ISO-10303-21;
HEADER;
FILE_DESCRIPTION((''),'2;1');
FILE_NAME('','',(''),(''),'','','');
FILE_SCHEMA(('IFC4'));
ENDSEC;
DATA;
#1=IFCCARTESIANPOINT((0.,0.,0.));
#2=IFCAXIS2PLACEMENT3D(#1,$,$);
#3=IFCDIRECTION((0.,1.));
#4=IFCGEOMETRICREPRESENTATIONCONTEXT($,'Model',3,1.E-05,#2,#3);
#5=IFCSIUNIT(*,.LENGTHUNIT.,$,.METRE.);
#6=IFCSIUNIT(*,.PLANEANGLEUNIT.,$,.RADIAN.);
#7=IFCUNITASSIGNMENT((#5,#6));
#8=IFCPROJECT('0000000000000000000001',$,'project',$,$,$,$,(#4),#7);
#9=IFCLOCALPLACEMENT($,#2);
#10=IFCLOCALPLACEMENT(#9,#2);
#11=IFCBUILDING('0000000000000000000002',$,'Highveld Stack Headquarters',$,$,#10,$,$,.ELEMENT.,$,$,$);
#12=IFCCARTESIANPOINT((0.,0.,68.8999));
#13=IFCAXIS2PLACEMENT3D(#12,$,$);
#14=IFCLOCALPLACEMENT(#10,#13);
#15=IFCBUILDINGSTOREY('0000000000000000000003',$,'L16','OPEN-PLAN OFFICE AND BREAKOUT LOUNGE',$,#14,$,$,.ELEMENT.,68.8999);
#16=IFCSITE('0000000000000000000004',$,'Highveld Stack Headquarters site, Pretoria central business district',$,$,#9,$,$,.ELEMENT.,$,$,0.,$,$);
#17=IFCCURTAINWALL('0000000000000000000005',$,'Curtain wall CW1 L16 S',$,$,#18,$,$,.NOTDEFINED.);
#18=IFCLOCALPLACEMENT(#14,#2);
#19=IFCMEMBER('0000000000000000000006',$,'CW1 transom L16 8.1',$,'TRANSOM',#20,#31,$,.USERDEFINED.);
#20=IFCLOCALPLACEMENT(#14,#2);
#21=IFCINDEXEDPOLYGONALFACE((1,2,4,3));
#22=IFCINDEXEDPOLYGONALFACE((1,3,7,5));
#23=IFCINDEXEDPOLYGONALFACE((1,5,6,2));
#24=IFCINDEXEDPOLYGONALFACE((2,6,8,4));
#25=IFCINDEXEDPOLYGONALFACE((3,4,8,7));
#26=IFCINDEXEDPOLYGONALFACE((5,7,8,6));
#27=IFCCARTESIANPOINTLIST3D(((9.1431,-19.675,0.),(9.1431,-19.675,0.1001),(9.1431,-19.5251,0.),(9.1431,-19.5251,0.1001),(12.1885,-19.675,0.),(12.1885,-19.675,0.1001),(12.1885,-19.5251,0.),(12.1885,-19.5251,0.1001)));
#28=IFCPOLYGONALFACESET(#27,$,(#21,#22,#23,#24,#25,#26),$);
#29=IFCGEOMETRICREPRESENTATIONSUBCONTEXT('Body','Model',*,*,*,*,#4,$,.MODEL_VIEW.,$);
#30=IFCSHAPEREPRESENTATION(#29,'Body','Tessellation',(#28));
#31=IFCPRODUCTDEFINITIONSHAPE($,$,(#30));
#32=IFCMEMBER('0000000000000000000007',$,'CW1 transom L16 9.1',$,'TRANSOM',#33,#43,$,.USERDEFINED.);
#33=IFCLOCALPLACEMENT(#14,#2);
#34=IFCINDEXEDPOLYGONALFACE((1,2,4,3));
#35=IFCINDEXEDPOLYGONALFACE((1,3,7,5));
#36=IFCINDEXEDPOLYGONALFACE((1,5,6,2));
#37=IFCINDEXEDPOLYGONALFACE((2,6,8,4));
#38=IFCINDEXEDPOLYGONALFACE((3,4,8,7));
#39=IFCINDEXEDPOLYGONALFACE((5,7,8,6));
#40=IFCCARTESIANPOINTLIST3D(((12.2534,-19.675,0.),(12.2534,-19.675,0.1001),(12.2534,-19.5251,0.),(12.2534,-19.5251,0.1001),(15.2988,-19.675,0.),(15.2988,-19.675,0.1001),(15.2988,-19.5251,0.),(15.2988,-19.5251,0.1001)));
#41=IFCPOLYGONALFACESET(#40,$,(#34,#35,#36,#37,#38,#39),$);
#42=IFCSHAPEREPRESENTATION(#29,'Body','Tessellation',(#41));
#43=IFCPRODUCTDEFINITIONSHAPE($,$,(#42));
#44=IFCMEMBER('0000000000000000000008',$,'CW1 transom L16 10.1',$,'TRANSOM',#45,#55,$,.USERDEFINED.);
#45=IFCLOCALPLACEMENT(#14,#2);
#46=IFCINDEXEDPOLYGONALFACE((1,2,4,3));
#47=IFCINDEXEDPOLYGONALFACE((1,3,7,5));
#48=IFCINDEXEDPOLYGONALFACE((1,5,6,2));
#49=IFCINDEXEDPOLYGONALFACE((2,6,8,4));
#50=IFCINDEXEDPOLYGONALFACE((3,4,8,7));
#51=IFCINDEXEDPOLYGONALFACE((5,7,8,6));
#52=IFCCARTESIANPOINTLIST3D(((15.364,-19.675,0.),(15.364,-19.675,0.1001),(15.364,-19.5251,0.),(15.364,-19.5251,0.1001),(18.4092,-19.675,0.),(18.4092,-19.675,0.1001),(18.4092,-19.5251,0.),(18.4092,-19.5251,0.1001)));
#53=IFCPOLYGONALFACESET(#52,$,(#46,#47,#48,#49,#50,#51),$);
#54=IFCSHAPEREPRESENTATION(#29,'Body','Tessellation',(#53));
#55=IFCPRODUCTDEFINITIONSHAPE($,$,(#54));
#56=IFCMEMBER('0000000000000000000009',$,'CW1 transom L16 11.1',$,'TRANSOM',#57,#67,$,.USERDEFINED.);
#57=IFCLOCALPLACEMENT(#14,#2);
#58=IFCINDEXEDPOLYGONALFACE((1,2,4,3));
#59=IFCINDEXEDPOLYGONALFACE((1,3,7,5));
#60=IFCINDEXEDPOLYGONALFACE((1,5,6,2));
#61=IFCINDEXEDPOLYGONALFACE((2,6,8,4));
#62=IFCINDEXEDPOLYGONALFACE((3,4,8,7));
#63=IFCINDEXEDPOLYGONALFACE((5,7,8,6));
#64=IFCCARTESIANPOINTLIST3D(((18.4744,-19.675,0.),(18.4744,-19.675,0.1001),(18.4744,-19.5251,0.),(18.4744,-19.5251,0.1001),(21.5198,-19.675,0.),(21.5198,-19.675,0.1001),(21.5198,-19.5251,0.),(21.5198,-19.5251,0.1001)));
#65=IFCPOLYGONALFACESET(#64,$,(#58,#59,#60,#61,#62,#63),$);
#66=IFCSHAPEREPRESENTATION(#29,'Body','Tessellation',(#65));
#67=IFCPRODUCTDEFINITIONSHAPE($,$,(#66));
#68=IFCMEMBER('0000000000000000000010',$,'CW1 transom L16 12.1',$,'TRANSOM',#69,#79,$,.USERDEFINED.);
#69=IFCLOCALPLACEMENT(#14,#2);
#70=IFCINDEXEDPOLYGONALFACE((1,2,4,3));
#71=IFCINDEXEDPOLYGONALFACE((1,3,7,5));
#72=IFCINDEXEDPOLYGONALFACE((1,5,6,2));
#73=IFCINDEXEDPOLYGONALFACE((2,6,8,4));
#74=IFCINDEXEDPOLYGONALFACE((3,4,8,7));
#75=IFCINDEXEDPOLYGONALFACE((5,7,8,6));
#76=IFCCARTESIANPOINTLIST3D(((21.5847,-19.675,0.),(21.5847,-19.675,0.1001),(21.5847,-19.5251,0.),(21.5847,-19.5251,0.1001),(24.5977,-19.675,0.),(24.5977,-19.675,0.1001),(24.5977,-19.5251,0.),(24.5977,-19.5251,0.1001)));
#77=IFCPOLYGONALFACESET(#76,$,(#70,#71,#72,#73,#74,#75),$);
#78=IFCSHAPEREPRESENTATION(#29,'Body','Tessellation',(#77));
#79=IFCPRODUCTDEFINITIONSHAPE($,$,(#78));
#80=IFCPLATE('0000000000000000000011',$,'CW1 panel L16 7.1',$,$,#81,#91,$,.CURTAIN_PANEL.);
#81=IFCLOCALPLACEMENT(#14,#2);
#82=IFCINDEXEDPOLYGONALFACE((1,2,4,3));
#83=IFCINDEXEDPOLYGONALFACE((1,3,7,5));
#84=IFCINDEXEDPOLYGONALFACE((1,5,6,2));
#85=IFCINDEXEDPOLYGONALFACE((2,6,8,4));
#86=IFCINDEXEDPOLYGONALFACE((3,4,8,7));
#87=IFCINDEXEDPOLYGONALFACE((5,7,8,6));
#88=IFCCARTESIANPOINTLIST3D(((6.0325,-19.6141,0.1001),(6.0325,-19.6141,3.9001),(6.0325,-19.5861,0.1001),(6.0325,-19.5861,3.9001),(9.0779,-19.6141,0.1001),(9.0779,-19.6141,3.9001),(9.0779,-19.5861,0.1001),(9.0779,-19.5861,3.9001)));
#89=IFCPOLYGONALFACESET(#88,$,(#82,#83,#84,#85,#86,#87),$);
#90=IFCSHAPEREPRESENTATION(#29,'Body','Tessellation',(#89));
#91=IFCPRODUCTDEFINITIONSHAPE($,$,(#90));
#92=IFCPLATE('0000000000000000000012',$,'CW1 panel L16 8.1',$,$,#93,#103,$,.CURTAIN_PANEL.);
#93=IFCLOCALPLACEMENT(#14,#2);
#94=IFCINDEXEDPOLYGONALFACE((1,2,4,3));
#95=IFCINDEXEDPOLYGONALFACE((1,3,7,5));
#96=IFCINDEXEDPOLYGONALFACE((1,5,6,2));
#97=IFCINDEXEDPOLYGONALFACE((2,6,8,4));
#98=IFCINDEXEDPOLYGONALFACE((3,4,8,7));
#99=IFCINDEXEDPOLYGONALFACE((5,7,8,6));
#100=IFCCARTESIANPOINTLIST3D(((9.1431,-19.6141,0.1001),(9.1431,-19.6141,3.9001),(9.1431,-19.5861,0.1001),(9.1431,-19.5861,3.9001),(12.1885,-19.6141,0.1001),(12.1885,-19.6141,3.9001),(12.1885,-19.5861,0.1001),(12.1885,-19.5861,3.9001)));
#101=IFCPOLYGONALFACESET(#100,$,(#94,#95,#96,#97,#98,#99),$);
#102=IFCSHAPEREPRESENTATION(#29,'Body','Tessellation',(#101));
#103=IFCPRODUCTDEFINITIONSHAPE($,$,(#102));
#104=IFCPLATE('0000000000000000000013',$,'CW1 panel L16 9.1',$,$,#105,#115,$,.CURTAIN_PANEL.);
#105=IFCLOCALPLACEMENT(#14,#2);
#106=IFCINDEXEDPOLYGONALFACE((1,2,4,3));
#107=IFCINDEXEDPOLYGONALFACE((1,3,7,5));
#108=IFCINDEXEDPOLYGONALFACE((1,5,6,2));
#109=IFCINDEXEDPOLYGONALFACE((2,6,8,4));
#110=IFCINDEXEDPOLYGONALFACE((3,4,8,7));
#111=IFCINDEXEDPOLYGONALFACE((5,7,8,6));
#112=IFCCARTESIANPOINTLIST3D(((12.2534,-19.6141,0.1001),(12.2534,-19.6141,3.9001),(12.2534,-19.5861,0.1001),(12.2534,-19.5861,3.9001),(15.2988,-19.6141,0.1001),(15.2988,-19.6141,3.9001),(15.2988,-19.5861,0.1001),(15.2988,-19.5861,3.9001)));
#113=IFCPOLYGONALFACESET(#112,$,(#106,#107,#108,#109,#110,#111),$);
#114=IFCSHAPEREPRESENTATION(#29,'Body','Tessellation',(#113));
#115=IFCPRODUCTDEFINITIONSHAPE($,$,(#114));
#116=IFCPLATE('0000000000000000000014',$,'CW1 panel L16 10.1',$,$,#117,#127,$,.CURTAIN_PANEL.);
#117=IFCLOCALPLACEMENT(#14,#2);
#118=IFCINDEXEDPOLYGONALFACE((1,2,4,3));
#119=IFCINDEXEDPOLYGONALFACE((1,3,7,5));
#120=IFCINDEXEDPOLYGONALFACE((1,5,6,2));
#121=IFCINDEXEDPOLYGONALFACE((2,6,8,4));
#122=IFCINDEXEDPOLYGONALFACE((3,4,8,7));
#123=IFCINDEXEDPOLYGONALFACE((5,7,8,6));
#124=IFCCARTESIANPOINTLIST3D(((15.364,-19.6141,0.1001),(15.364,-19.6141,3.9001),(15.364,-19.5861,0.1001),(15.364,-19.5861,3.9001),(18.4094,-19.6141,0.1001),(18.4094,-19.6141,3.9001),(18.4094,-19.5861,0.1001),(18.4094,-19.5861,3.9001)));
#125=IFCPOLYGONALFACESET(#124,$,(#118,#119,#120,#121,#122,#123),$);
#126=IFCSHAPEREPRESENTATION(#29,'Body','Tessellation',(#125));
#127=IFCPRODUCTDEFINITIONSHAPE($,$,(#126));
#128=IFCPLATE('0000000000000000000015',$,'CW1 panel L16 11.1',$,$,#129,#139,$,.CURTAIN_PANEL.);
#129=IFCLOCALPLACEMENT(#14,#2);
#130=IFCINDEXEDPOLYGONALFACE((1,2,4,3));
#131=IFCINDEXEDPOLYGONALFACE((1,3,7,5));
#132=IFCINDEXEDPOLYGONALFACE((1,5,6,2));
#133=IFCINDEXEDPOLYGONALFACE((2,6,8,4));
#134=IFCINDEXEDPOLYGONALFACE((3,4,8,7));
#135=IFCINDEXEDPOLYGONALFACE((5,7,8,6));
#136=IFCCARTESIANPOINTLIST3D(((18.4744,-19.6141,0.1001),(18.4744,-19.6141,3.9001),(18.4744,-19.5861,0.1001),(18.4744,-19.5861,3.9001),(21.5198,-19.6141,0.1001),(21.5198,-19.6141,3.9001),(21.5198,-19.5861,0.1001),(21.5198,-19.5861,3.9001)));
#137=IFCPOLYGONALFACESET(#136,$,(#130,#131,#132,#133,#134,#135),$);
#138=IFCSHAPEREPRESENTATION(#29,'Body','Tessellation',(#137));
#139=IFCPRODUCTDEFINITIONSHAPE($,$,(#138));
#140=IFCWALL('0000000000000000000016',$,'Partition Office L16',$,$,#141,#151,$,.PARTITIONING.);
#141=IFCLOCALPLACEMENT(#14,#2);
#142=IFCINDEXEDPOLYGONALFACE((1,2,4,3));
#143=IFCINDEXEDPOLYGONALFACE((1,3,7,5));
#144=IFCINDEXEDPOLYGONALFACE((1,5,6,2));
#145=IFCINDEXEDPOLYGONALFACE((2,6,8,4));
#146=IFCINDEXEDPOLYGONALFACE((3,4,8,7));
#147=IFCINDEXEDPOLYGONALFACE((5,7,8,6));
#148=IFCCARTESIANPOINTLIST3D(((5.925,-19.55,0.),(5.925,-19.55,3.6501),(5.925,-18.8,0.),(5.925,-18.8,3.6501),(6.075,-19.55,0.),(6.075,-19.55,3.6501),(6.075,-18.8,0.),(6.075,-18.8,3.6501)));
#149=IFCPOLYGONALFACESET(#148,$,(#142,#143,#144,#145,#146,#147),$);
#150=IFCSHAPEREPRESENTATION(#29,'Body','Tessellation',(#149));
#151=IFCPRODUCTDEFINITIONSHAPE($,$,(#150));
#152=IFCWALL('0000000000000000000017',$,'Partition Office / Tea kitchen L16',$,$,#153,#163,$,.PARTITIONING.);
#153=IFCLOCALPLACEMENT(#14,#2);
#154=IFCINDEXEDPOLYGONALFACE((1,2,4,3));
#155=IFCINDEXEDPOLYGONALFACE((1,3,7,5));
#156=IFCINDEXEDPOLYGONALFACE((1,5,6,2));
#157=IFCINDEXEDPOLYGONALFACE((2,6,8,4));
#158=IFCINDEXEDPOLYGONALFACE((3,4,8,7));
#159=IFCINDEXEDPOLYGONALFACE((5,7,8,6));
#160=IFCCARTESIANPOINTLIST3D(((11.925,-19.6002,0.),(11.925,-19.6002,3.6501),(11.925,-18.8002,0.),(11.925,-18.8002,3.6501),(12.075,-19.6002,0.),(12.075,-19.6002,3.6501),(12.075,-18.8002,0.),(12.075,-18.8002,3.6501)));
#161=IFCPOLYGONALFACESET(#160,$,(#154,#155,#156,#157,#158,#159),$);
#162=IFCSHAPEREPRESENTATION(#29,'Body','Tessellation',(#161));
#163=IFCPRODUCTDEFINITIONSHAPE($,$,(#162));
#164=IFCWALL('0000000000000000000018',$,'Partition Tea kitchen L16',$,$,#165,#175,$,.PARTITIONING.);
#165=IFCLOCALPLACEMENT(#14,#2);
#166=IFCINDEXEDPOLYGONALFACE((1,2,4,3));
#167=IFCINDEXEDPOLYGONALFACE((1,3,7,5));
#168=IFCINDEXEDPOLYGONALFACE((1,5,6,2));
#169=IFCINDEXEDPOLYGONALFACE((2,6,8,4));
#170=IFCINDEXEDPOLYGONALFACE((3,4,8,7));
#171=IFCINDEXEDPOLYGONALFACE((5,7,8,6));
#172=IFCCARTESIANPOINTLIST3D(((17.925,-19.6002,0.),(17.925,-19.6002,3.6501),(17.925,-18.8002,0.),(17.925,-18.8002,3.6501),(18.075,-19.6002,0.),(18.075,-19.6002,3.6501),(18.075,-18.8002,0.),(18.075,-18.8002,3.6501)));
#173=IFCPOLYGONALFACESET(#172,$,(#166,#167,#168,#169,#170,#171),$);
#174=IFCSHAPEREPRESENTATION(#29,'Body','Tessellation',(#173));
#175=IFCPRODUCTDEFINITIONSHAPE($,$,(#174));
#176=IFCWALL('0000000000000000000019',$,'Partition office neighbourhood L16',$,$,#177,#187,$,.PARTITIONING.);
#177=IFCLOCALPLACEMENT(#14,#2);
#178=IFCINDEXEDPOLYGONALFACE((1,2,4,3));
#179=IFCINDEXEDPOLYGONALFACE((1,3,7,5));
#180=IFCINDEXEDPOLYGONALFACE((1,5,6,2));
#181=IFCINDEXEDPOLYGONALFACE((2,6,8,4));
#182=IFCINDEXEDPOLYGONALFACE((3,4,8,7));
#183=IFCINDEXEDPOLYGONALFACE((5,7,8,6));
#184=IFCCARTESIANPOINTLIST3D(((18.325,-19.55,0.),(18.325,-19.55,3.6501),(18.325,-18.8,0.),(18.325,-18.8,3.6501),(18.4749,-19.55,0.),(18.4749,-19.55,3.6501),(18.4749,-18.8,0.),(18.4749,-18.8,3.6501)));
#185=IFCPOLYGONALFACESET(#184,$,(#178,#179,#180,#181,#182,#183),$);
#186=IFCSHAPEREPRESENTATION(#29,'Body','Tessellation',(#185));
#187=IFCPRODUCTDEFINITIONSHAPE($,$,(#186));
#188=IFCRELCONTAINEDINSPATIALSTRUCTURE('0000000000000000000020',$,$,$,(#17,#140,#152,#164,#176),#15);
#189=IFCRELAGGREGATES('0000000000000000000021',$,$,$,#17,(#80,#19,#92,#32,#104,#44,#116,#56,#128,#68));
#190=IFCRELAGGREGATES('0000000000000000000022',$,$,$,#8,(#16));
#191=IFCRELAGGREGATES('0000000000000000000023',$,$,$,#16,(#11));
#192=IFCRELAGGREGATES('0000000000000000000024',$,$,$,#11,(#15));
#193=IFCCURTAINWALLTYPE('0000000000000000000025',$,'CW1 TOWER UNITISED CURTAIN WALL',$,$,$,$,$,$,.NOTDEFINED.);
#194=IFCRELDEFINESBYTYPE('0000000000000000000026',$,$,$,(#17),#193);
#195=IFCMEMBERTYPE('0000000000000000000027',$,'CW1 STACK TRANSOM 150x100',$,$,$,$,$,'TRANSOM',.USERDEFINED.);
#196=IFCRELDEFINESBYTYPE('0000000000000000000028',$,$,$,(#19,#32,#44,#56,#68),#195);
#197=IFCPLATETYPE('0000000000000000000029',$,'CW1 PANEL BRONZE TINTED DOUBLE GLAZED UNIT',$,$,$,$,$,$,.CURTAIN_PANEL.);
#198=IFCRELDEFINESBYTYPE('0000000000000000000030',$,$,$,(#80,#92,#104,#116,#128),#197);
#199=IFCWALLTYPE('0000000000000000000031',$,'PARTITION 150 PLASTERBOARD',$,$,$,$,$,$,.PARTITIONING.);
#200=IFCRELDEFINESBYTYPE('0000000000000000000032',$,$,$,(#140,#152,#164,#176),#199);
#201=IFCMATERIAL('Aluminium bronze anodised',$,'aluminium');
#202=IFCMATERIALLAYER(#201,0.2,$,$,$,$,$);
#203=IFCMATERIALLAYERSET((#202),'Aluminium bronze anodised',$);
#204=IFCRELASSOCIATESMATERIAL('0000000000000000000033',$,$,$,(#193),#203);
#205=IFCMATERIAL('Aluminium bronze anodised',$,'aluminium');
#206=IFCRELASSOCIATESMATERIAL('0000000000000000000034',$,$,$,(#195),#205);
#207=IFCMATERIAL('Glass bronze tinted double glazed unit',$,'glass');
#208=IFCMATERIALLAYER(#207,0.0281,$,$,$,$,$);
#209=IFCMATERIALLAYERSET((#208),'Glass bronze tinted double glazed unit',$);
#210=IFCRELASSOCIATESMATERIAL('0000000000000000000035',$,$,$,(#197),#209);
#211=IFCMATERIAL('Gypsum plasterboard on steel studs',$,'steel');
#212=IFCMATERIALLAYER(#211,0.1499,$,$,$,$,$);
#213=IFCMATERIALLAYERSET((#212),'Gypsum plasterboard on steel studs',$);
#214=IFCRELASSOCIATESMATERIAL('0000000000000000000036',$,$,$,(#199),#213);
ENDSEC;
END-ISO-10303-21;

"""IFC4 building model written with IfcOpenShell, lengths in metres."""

from ifc_helpers import new_model, si_unit, direction, frame, frame_2d, origin, origin_2d, place, context, subcontext, project, spatial, rectangle, extrude, material, layer, layer_set, material_profile, profile_set, type_object, element, aggregate, save


model = new_model("IFC4")

# Units and contexts
model_context = context("Model", 3, precision=1e-05, world=origin(), true_north=direction((0.0, 1.0)))
body_context = subcontext(model_context, "Body", "Model", "MODEL_VIEW")
ifc_project = project(units=[si_unit("LENGTHUNIT", "METRE"), si_unit("PLANEANGLEUNIT", "RADIAN")], contexts=[model_context])

# Site, building, storey
site_placement = place(None, origin())
site = spatial("IfcSite", under=ifc_project, at=site_placement, Name="Highveld Stack Headquarters site, Pretoria central business district", CompositionType="ELEMENT", RefElevation=0.0)
building_placement = place(site_placement, origin())
building = spatial("IfcBuilding", under=site, at=building_placement, Name="Highveld Stack Headquarters", CompositionType="ELEMENT")
storey_placement = place(building_placement, frame((0.0, 0.0, 68.8999)))
storey = spatial("IfcBuildingStorey", under=building, at=storey_placement, Name="L16", Description="OPEN-PLAN OFFICE AND BREAKOUT LOUNGE", CompositionType="ELEMENT", Elevation=68.8999)

# Curtain wall, members, plates
ifc_material_1 = material(Name="Aluminium bronze anodised", Category="aluminium")
ifc_layer_1 = layer(ifc_material_1, 0.2)
ifc_layer_set_1 = layer_set([ifc_layer_1], Name="Aluminium bronze anodised")
curtain_wall_type = type_object("IfcCurtainWallType", Name="CW1 TOWER UNITISED CURTAIN WALL", PredefinedType="NOTDEFINED", material=ifc_layer_set_1)
curtain_wall_placement = place(storey_placement, origin())
curtain_wall = element("IfcCurtainWall", 1, at=curtain_wall_placement, inside=storey, type_object=curtain_wall_type, Name="Curtain wall CW1 L16 S", PredefinedType="NOTDEFINED")
ifc_material_2 = material(Name="Aluminium bronze anodised", Category="aluminium")
ifc_material_profile_1 = material_profile(ifc_material_2, rectangle(XDim=0.1499, YDim=0.1001, at=origin_2d()), Name="CW1 TRANSOM 150x100")
ifc_profile_set_1 = profile_set([ifc_material_profile_1], Name="Aluminium bronze anodised")
member_type_1 = type_object("IfcMemberType", Name="CW1 STACK TRANSOM 150x100", ElementType="TRANSOM", PredefinedType="USERDEFINED", material=ifc_profile_set_1)
member_1_placement = place(storey_placement, frame((9.1431, -19.6001, 0.05), z_axis=(1.0, 0.0, 0.0), x_axis=(0.0, 1.0, 0.0)))
member_1 = element("IfcMember", 2, at=member_1_placement, type_object=member_type_1, Name="CW1 transom L16 8.1", ObjectType="TRANSOM", PredefinedType="USERDEFINED", context=body_context, shape_type="SweptSolid", body=[
    extrude(rectangle(XDim=0.1499, YDim=0.1001, at=origin_2d()), origin(), (0.0, 0.0, 1.0), 3.0454),
])
member_2_placement = place(storey_placement, frame((12.2534, -19.6001, 0.05), z_axis=(1.0, 0.0, 0.0), x_axis=(0.0, 1.0, 0.0)))
member_2 = element("IfcMember", 3, at=member_2_placement, type_object=member_type_1, Name="CW1 transom L16 9.1", ObjectType="TRANSOM", PredefinedType="USERDEFINED", context=body_context, shape_type="SweptSolid", body=[
    extrude(rectangle(XDim=0.1499, YDim=0.1001, at=origin_2d()), origin(), (0.0, 0.0, 1.0), 3.0454),
])
member_3_placement = place(storey_placement, frame((15.364, -19.6001, 0.05), z_axis=(1.0, 0.0, 0.0), x_axis=(0.0, 1.0, 0.0)))
member_3 = element("IfcMember", 4, at=member_3_placement, type_object=member_type_1, Name="CW1 transom L16 10.1", ObjectType="TRANSOM", PredefinedType="USERDEFINED", context=body_context, shape_type="SweptSolid", body=[
    extrude(rectangle(XDim=0.1499, YDim=0.1001, at=origin_2d()), origin(), (0.0, 0.0, 1.0), 3.0452),
])
member_4_placement = place(storey_placement, frame((18.4744, -19.6001, 0.05), z_axis=(1.0, 0.0, 0.0), x_axis=(0.0, 1.0, 0.0)))
member_4 = element("IfcMember", 5, at=member_4_placement, type_object=member_type_1, Name="CW1 transom L16 11.1", ObjectType="TRANSOM", PredefinedType="USERDEFINED", context=body_context, shape_type="SweptSolid", body=[
    extrude(rectangle(XDim=0.1499, YDim=0.1001, at=origin_2d()), origin(), (0.0, 0.0, 1.0), 3.0454),
])
member_5_placement = place(storey_placement, frame((21.5847, -19.6001, 0.05), z_axis=(1.0, 0.0, 0.0), x_axis=(0.0, 1.0, 0.0)))
member_5 = element("IfcMember", 6, at=member_5_placement, type_object=member_type_1, Name="CW1 transom L16 12.1", ObjectType="TRANSOM", PredefinedType="USERDEFINED", context=body_context, shape_type="SweptSolid", body=[
    extrude(rectangle(XDim=0.1499, YDim=0.1001, at=origin_2d()), origin(), (0.0, 0.0, 1.0), 3.0129),
])
ifc_material_3 = material(Name="Glass bronze tinted double glazed unit", Category="glass")
ifc_layer_2 = layer(ifc_material_3, 0.0281)
ifc_layer_set_2 = layer_set([ifc_layer_2], Name="Glass bronze tinted double glazed unit")
plate_type = type_object("IfcPlateType", Name="CW1 PANEL BRONZE TINTED DOUBLE GLAZED UNIT", PredefinedType="CURTAIN_PANEL", material=ifc_layer_set_2)
plate_1_placement = place(storey_placement, frame((7.5552, -19.6001, 0.1001), z_axis=(0.0, 0.0, 1.0), x_axis=(1.0, 0.0, 0.0)))
plate_1 = element("IfcPlate", 7, at=plate_1_placement, type_object=plate_type, Name="CW1 panel L16 7.1", PredefinedType="CURTAIN_PANEL", context=body_context, shape_type="SweptSolid", body=[
    extrude(rectangle(XDim=3.0454, YDim=0.0281, at=origin_2d()), origin(), (0.0, 0.0, 1.0), 3.8),
])
plate_2_placement = place(storey_placement, frame((10.6658, -19.6001, 0.1001), z_axis=(0.0, 0.0, 1.0), x_axis=(1.0, 0.0, 0.0)))
plate_2 = element("IfcPlate", 8, at=plate_2_placement, type_object=plate_type, Name="CW1 panel L16 8.1", PredefinedType="CURTAIN_PANEL", context=body_context, shape_type="SweptSolid", body=[
    extrude(rectangle(XDim=3.0454, YDim=0.0281, at=origin_2d()), origin(), (0.0, 0.0, 1.0), 3.8),
])
plate_3_placement = place(storey_placement, frame((13.7761, -19.6001, 0.1001), z_axis=(0.0, 0.0, 1.0), x_axis=(1.0, 0.0, 0.0)))
plate_3 = element("IfcPlate", 9, at=plate_3_placement, type_object=plate_type, Name="CW1 panel L16 9.1", PredefinedType="CURTAIN_PANEL", context=body_context, shape_type="SweptSolid", body=[
    extrude(rectangle(XDim=3.0454, YDim=0.0281, at=origin_2d()), origin(), (0.0, 0.0, 1.0), 3.8),
])
plate_4_placement = place(storey_placement, frame((16.8867, -19.6001, 0.1001), z_axis=(0.0, 0.0, 1.0), x_axis=(1.0, 0.0, 0.0)))
plate_4 = element("IfcPlate", 10, at=plate_4_placement, type_object=plate_type, Name="CW1 panel L16 10.1", PredefinedType="CURTAIN_PANEL", context=body_context, shape_type="SweptSolid", body=[
    extrude(rectangle(XDim=3.0454, YDim=0.0281, at=origin_2d()), origin(), (0.0, 0.0, 1.0), 3.8),
])
plate_5_placement = place(storey_placement, frame((19.9971, -19.6001, 0.1001), z_axis=(0.0, 0.0, 1.0), x_axis=(1.0, 0.0, 0.0)))
plate_5 = element("IfcPlate", 11, at=plate_5_placement, type_object=plate_type, Name="CW1 panel L16 11.1", PredefinedType="CURTAIN_PANEL", context=body_context, shape_type="SweptSolid", body=[
    extrude(rectangle(XDim=3.0454, YDim=0.0281, at=origin_2d()), origin(), (0.0, 0.0, 1.0), 3.8),
])
aggregate(curtain_wall, [plate_1, member_1, plate_2, member_2, plate_3, member_3, plate_4, member_4, plate_5, member_5])

# Walls
ifc_material_4 = material(Name="Gypsum plasterboard on steel studs", Category="steel")
ifc_layer_3 = layer(ifc_material_4, 0.1499)
ifc_layer_set_3 = layer_set([ifc_layer_3], Name="Gypsum plasterboard on steel studs")
wall_type = type_object("IfcWallType", Name="PARTITION 150 PLASTERBOARD", PredefinedType="PARTITIONING", material=ifc_layer_set_3)
wall_1_placement = place(storey_placement, frame((6.0, -19.55, 0.0), z_axis=(0.0, 0.0, 1.0), x_axis=(0.0, 1.0, 0.0)))
element("IfcWall", 12, at=wall_1_placement, inside=storey, type_object=wall_type, Name="Partition Office L16", PredefinedType="PARTITIONING", context=body_context, shape_type="SweptSolid", body=[
    extrude(rectangle(XDim=0.75, YDim=0.1499, at=frame_2d((0.375, 0.0))), origin(), (0.0, 0.0, 1.0), 3.6501),
])
for number, where, z_axis, x_axis, name in (
    (13, (12.0, -19.6001, 0.0), (0.0, 0.0, 1.0), (0.0, 1.0, 0.0), "Partition Office / Tea kitchen L16"),
    (14, (18.0, -19.6001, 0.0), (0.0, 0.0, 1.0), (0.0, 1.0, 0.0), "Partition Tea kitchen L16"),
):
    element("IfcWall", number, at=place(storey_placement, frame(where, z_axis=z_axis, x_axis=x_axis)), inside=storey, type_object=wall_type, Name=name, PredefinedType="PARTITIONING", context=body_context, shape_type="SweptSolid", body=[
        extrude(rectangle(XDim=0.8, YDim=0.1499, at=frame_2d((0.3999, 0.0))), origin(), (0.0, 0.0, 1.0), 3.6501),
    ])
wall_2_placement = place(storey_placement, frame((18.3999, -19.55, 0.0), z_axis=(0.0, 0.0, 1.0), x_axis=(0.0, 1.0, 0.0)))
element("IfcWall", 15, at=wall_2_placement, inside=storey, type_object=wall_type, Name="Partition office neighbourhood L16", PredefinedType="PARTITIONING", context=body_context, shape_type="SweptSolid", body=[
    extrude(rectangle(XDim=0.75, YDim=0.1499, at=frame_2d((0.375, 0.0))), origin(), (0.0, 0.0, 1.0), 3.6501),
])

save(model, "model.ifc")
